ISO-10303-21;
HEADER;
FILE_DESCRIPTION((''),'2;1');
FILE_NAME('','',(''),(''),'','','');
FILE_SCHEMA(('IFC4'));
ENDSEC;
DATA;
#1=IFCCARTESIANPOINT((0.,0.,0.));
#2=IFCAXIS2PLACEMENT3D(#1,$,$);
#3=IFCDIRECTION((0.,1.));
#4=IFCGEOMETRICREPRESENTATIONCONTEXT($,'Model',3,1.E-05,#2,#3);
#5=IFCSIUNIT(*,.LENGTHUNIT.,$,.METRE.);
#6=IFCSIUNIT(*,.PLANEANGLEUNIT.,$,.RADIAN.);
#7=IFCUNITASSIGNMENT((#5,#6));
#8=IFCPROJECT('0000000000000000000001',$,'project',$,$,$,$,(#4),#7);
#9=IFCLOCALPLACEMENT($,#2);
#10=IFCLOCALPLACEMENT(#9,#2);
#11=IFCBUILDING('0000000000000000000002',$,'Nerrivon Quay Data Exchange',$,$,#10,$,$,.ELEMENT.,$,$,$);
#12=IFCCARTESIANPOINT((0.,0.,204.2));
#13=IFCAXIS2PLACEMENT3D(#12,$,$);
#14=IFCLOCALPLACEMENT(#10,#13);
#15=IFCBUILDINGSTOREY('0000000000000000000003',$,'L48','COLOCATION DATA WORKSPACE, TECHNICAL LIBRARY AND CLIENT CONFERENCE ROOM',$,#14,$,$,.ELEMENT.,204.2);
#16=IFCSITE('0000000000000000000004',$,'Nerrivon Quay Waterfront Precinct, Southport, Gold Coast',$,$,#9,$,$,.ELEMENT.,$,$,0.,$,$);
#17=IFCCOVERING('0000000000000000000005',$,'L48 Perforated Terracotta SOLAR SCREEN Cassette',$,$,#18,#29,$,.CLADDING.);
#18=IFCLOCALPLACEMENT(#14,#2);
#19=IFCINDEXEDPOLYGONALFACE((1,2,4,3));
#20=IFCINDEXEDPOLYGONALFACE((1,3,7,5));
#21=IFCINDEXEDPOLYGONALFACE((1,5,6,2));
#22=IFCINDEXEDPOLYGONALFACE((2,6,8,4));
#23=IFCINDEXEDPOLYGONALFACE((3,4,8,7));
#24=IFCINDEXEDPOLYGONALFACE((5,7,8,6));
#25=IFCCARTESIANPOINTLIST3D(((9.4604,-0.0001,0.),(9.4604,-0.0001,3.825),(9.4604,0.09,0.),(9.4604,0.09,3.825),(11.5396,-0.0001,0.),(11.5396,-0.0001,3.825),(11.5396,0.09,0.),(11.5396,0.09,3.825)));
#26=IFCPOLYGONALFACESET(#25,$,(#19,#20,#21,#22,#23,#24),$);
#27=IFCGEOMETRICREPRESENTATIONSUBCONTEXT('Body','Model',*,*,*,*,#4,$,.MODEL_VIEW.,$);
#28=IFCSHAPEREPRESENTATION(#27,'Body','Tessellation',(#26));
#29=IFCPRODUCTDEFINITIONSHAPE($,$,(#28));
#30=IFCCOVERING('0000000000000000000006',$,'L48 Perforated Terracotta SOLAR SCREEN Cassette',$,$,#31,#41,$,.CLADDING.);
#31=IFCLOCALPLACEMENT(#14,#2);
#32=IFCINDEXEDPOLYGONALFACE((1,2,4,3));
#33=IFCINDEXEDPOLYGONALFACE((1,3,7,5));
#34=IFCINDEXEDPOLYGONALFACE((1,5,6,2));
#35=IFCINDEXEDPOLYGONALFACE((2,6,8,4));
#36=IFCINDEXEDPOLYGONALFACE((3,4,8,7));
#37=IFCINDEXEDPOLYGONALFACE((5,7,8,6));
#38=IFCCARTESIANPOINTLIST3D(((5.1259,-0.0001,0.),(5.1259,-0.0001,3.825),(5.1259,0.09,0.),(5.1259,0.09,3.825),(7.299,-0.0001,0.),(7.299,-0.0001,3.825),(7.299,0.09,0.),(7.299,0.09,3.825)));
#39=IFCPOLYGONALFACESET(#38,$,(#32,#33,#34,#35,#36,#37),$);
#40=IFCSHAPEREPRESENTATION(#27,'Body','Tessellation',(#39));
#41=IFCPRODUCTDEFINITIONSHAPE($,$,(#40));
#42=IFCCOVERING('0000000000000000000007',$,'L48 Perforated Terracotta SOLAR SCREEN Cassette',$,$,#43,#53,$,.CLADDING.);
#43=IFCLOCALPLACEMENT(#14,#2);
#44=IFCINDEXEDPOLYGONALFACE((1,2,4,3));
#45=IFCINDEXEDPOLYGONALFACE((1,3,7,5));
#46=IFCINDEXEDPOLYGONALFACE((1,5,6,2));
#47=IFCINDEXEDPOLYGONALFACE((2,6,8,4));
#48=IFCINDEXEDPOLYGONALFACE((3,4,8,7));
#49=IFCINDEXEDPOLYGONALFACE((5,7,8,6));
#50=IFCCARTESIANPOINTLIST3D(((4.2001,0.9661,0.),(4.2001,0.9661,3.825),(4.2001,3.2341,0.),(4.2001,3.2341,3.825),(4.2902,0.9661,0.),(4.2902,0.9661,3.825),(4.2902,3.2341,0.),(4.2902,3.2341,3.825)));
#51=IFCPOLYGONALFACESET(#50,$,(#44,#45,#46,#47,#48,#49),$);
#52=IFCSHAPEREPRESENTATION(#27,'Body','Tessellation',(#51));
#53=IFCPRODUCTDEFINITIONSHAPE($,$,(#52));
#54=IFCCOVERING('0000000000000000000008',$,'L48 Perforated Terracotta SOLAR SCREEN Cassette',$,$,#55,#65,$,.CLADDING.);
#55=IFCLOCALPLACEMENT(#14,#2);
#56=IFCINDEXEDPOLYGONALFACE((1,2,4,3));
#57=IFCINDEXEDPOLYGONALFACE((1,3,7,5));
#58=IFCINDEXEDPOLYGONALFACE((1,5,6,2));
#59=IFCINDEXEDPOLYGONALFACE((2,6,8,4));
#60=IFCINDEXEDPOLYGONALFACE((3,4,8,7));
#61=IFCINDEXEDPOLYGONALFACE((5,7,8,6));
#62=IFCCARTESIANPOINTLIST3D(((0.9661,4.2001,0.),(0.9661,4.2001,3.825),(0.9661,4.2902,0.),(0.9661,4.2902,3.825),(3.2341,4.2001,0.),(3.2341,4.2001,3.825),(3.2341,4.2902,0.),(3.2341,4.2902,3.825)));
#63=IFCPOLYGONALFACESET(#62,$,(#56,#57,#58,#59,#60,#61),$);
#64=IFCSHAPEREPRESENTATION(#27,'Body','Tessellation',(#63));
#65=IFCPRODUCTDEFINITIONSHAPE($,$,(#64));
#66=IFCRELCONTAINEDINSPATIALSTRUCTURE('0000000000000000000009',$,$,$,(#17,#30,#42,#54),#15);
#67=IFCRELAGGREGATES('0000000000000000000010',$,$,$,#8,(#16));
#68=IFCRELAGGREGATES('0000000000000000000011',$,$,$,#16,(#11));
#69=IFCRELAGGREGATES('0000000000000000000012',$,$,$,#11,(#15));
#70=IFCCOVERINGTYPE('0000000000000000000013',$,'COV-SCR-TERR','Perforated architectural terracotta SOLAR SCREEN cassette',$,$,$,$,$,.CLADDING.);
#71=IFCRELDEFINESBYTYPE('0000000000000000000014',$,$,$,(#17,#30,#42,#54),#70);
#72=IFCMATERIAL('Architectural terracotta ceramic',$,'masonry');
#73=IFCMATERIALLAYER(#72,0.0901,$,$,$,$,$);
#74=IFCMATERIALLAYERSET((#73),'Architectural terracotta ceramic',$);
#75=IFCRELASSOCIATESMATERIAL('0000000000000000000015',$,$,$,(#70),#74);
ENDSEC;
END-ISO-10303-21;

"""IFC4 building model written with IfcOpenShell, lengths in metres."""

from ifc_helpers import new_model, si_unit, direction, frame, origin, origin_2d, place, context, subcontext, project, spatial, rectangle, extrude, material, layer, layer_set, type_object, element, save


model = new_model("IFC4")

# Units and contexts
model_context = context("Model", 3, precision=1e-05, world=origin(), true_north=direction((0.0, 1.0)))
body_context = subcontext(model_context, "Body", "Model", "MODEL_VIEW")
ifc_project = project(units=[si_unit("LENGTHUNIT", "METRE"), si_unit("PLANEANGLEUNIT", "RADIAN")], contexts=[model_context])

# Site, building, storey
site_placement = place(None, origin())
site = spatial("IfcSite", under=ifc_project, at=site_placement, Name="Nerrivon Quay Waterfront Precinct, Southport, Gold Coast", CompositionType="ELEMENT", RefElevation=0.0)
building_placement = place(site_placement, origin())
building = spatial("IfcBuilding", under=site, at=building_placement, Name="Nerrivon Quay Data Exchange", CompositionType="ELEMENT")
storey_placement = place(building_placement, frame((0.0, 0.0, 204.2)))
storey = spatial("IfcBuildingStorey", under=building, at=storey_placement, Name="L48", Description="COLOCATION DATA WORKSPACE, TECHNICAL LIBRARY AND CLIENT CONFERENCE ROOM", CompositionType="ELEMENT", Elevation=204.2)

# Coverings
ifc_material_1 = material(Name="Architectural terracotta ceramic", Category="masonry")
ifc_layer_1 = layer(ifc_material_1, 0.0901)
ifc_layer_set_1 = layer_set([ifc_layer_1], Name="Architectural terracotta ceramic")
covering_type = type_object("IfcCoveringType", Name="COV-SCR-TERR", Description="Perforated architectural terracotta SOLAR SCREEN cassette", PredefinedType="CLADDING", material=ifc_layer_set_1)
covering_1_placement = place(storey_placement, frame((10.5, 0.0449, 0.0), z_axis=(0.0, 0.0, 1.0), x_axis=(-1.0, 0.0, 0.0)))
element("IfcCovering", 1, at=covering_1_placement, inside=storey, type_object=covering_type, Name="L48 Perforated Terracotta SOLAR SCREEN Cassette", PredefinedType="CLADDING", context=body_context, shape_type="SweptSolid", body=[
    extrude(rectangle(XDim=2.0791, YDim=0.0901, at=origin_2d()), origin(), (0.0, 0.0, 1.0), 3.825),
])
covering_2_placement = place(storey_placement, frame((6.2124, 0.0449, 0.0), z_axis=(0.0, 0.0, 1.0), x_axis=(-1.0, 0.0, 0.0)))
element("IfcCovering", 2, at=covering_2_placement, inside=storey, type_object=covering_type, Name="L48 Perforated Terracotta SOLAR SCREEN Cassette", PredefinedType="CLADDING", context=body_context, shape_type="SweptSolid", body=[
    extrude(rectangle(XDim=2.1731, YDim=0.0901, at=origin_2d()), origin(), (0.0, 0.0, 1.0), 3.825),
])
for number, where, z_axis, x_axis, name in (
    (3, (4.2451, 2.1001, 0.0), (0.0, 0.0, 1.0), (0.0, 1.0, 0.0), "L48 Perforated Terracotta SOLAR SCREEN Cassette"),
    (4, (2.1001, 4.2451, 0.0), (0.0, 0.0, 1.0), (-1.0, 0.0, 0.0), "L48 Perforated Terracotta SOLAR SCREEN Cassette"),
):
    element("IfcCovering", number, at=place(storey_placement, frame(where, z_axis=z_axis, x_axis=x_axis)), inside=storey, type_object=covering_type, Name=name, PredefinedType="CLADDING", context=body_context, shape_type="SweptSolid", body=[
        extrude(rectangle(XDim=2.2681, YDim=0.0901, at=origin_2d()), origin(), (0.0, 0.0, 1.0), 3.825),
    ])

save(model, "model.ifc")
